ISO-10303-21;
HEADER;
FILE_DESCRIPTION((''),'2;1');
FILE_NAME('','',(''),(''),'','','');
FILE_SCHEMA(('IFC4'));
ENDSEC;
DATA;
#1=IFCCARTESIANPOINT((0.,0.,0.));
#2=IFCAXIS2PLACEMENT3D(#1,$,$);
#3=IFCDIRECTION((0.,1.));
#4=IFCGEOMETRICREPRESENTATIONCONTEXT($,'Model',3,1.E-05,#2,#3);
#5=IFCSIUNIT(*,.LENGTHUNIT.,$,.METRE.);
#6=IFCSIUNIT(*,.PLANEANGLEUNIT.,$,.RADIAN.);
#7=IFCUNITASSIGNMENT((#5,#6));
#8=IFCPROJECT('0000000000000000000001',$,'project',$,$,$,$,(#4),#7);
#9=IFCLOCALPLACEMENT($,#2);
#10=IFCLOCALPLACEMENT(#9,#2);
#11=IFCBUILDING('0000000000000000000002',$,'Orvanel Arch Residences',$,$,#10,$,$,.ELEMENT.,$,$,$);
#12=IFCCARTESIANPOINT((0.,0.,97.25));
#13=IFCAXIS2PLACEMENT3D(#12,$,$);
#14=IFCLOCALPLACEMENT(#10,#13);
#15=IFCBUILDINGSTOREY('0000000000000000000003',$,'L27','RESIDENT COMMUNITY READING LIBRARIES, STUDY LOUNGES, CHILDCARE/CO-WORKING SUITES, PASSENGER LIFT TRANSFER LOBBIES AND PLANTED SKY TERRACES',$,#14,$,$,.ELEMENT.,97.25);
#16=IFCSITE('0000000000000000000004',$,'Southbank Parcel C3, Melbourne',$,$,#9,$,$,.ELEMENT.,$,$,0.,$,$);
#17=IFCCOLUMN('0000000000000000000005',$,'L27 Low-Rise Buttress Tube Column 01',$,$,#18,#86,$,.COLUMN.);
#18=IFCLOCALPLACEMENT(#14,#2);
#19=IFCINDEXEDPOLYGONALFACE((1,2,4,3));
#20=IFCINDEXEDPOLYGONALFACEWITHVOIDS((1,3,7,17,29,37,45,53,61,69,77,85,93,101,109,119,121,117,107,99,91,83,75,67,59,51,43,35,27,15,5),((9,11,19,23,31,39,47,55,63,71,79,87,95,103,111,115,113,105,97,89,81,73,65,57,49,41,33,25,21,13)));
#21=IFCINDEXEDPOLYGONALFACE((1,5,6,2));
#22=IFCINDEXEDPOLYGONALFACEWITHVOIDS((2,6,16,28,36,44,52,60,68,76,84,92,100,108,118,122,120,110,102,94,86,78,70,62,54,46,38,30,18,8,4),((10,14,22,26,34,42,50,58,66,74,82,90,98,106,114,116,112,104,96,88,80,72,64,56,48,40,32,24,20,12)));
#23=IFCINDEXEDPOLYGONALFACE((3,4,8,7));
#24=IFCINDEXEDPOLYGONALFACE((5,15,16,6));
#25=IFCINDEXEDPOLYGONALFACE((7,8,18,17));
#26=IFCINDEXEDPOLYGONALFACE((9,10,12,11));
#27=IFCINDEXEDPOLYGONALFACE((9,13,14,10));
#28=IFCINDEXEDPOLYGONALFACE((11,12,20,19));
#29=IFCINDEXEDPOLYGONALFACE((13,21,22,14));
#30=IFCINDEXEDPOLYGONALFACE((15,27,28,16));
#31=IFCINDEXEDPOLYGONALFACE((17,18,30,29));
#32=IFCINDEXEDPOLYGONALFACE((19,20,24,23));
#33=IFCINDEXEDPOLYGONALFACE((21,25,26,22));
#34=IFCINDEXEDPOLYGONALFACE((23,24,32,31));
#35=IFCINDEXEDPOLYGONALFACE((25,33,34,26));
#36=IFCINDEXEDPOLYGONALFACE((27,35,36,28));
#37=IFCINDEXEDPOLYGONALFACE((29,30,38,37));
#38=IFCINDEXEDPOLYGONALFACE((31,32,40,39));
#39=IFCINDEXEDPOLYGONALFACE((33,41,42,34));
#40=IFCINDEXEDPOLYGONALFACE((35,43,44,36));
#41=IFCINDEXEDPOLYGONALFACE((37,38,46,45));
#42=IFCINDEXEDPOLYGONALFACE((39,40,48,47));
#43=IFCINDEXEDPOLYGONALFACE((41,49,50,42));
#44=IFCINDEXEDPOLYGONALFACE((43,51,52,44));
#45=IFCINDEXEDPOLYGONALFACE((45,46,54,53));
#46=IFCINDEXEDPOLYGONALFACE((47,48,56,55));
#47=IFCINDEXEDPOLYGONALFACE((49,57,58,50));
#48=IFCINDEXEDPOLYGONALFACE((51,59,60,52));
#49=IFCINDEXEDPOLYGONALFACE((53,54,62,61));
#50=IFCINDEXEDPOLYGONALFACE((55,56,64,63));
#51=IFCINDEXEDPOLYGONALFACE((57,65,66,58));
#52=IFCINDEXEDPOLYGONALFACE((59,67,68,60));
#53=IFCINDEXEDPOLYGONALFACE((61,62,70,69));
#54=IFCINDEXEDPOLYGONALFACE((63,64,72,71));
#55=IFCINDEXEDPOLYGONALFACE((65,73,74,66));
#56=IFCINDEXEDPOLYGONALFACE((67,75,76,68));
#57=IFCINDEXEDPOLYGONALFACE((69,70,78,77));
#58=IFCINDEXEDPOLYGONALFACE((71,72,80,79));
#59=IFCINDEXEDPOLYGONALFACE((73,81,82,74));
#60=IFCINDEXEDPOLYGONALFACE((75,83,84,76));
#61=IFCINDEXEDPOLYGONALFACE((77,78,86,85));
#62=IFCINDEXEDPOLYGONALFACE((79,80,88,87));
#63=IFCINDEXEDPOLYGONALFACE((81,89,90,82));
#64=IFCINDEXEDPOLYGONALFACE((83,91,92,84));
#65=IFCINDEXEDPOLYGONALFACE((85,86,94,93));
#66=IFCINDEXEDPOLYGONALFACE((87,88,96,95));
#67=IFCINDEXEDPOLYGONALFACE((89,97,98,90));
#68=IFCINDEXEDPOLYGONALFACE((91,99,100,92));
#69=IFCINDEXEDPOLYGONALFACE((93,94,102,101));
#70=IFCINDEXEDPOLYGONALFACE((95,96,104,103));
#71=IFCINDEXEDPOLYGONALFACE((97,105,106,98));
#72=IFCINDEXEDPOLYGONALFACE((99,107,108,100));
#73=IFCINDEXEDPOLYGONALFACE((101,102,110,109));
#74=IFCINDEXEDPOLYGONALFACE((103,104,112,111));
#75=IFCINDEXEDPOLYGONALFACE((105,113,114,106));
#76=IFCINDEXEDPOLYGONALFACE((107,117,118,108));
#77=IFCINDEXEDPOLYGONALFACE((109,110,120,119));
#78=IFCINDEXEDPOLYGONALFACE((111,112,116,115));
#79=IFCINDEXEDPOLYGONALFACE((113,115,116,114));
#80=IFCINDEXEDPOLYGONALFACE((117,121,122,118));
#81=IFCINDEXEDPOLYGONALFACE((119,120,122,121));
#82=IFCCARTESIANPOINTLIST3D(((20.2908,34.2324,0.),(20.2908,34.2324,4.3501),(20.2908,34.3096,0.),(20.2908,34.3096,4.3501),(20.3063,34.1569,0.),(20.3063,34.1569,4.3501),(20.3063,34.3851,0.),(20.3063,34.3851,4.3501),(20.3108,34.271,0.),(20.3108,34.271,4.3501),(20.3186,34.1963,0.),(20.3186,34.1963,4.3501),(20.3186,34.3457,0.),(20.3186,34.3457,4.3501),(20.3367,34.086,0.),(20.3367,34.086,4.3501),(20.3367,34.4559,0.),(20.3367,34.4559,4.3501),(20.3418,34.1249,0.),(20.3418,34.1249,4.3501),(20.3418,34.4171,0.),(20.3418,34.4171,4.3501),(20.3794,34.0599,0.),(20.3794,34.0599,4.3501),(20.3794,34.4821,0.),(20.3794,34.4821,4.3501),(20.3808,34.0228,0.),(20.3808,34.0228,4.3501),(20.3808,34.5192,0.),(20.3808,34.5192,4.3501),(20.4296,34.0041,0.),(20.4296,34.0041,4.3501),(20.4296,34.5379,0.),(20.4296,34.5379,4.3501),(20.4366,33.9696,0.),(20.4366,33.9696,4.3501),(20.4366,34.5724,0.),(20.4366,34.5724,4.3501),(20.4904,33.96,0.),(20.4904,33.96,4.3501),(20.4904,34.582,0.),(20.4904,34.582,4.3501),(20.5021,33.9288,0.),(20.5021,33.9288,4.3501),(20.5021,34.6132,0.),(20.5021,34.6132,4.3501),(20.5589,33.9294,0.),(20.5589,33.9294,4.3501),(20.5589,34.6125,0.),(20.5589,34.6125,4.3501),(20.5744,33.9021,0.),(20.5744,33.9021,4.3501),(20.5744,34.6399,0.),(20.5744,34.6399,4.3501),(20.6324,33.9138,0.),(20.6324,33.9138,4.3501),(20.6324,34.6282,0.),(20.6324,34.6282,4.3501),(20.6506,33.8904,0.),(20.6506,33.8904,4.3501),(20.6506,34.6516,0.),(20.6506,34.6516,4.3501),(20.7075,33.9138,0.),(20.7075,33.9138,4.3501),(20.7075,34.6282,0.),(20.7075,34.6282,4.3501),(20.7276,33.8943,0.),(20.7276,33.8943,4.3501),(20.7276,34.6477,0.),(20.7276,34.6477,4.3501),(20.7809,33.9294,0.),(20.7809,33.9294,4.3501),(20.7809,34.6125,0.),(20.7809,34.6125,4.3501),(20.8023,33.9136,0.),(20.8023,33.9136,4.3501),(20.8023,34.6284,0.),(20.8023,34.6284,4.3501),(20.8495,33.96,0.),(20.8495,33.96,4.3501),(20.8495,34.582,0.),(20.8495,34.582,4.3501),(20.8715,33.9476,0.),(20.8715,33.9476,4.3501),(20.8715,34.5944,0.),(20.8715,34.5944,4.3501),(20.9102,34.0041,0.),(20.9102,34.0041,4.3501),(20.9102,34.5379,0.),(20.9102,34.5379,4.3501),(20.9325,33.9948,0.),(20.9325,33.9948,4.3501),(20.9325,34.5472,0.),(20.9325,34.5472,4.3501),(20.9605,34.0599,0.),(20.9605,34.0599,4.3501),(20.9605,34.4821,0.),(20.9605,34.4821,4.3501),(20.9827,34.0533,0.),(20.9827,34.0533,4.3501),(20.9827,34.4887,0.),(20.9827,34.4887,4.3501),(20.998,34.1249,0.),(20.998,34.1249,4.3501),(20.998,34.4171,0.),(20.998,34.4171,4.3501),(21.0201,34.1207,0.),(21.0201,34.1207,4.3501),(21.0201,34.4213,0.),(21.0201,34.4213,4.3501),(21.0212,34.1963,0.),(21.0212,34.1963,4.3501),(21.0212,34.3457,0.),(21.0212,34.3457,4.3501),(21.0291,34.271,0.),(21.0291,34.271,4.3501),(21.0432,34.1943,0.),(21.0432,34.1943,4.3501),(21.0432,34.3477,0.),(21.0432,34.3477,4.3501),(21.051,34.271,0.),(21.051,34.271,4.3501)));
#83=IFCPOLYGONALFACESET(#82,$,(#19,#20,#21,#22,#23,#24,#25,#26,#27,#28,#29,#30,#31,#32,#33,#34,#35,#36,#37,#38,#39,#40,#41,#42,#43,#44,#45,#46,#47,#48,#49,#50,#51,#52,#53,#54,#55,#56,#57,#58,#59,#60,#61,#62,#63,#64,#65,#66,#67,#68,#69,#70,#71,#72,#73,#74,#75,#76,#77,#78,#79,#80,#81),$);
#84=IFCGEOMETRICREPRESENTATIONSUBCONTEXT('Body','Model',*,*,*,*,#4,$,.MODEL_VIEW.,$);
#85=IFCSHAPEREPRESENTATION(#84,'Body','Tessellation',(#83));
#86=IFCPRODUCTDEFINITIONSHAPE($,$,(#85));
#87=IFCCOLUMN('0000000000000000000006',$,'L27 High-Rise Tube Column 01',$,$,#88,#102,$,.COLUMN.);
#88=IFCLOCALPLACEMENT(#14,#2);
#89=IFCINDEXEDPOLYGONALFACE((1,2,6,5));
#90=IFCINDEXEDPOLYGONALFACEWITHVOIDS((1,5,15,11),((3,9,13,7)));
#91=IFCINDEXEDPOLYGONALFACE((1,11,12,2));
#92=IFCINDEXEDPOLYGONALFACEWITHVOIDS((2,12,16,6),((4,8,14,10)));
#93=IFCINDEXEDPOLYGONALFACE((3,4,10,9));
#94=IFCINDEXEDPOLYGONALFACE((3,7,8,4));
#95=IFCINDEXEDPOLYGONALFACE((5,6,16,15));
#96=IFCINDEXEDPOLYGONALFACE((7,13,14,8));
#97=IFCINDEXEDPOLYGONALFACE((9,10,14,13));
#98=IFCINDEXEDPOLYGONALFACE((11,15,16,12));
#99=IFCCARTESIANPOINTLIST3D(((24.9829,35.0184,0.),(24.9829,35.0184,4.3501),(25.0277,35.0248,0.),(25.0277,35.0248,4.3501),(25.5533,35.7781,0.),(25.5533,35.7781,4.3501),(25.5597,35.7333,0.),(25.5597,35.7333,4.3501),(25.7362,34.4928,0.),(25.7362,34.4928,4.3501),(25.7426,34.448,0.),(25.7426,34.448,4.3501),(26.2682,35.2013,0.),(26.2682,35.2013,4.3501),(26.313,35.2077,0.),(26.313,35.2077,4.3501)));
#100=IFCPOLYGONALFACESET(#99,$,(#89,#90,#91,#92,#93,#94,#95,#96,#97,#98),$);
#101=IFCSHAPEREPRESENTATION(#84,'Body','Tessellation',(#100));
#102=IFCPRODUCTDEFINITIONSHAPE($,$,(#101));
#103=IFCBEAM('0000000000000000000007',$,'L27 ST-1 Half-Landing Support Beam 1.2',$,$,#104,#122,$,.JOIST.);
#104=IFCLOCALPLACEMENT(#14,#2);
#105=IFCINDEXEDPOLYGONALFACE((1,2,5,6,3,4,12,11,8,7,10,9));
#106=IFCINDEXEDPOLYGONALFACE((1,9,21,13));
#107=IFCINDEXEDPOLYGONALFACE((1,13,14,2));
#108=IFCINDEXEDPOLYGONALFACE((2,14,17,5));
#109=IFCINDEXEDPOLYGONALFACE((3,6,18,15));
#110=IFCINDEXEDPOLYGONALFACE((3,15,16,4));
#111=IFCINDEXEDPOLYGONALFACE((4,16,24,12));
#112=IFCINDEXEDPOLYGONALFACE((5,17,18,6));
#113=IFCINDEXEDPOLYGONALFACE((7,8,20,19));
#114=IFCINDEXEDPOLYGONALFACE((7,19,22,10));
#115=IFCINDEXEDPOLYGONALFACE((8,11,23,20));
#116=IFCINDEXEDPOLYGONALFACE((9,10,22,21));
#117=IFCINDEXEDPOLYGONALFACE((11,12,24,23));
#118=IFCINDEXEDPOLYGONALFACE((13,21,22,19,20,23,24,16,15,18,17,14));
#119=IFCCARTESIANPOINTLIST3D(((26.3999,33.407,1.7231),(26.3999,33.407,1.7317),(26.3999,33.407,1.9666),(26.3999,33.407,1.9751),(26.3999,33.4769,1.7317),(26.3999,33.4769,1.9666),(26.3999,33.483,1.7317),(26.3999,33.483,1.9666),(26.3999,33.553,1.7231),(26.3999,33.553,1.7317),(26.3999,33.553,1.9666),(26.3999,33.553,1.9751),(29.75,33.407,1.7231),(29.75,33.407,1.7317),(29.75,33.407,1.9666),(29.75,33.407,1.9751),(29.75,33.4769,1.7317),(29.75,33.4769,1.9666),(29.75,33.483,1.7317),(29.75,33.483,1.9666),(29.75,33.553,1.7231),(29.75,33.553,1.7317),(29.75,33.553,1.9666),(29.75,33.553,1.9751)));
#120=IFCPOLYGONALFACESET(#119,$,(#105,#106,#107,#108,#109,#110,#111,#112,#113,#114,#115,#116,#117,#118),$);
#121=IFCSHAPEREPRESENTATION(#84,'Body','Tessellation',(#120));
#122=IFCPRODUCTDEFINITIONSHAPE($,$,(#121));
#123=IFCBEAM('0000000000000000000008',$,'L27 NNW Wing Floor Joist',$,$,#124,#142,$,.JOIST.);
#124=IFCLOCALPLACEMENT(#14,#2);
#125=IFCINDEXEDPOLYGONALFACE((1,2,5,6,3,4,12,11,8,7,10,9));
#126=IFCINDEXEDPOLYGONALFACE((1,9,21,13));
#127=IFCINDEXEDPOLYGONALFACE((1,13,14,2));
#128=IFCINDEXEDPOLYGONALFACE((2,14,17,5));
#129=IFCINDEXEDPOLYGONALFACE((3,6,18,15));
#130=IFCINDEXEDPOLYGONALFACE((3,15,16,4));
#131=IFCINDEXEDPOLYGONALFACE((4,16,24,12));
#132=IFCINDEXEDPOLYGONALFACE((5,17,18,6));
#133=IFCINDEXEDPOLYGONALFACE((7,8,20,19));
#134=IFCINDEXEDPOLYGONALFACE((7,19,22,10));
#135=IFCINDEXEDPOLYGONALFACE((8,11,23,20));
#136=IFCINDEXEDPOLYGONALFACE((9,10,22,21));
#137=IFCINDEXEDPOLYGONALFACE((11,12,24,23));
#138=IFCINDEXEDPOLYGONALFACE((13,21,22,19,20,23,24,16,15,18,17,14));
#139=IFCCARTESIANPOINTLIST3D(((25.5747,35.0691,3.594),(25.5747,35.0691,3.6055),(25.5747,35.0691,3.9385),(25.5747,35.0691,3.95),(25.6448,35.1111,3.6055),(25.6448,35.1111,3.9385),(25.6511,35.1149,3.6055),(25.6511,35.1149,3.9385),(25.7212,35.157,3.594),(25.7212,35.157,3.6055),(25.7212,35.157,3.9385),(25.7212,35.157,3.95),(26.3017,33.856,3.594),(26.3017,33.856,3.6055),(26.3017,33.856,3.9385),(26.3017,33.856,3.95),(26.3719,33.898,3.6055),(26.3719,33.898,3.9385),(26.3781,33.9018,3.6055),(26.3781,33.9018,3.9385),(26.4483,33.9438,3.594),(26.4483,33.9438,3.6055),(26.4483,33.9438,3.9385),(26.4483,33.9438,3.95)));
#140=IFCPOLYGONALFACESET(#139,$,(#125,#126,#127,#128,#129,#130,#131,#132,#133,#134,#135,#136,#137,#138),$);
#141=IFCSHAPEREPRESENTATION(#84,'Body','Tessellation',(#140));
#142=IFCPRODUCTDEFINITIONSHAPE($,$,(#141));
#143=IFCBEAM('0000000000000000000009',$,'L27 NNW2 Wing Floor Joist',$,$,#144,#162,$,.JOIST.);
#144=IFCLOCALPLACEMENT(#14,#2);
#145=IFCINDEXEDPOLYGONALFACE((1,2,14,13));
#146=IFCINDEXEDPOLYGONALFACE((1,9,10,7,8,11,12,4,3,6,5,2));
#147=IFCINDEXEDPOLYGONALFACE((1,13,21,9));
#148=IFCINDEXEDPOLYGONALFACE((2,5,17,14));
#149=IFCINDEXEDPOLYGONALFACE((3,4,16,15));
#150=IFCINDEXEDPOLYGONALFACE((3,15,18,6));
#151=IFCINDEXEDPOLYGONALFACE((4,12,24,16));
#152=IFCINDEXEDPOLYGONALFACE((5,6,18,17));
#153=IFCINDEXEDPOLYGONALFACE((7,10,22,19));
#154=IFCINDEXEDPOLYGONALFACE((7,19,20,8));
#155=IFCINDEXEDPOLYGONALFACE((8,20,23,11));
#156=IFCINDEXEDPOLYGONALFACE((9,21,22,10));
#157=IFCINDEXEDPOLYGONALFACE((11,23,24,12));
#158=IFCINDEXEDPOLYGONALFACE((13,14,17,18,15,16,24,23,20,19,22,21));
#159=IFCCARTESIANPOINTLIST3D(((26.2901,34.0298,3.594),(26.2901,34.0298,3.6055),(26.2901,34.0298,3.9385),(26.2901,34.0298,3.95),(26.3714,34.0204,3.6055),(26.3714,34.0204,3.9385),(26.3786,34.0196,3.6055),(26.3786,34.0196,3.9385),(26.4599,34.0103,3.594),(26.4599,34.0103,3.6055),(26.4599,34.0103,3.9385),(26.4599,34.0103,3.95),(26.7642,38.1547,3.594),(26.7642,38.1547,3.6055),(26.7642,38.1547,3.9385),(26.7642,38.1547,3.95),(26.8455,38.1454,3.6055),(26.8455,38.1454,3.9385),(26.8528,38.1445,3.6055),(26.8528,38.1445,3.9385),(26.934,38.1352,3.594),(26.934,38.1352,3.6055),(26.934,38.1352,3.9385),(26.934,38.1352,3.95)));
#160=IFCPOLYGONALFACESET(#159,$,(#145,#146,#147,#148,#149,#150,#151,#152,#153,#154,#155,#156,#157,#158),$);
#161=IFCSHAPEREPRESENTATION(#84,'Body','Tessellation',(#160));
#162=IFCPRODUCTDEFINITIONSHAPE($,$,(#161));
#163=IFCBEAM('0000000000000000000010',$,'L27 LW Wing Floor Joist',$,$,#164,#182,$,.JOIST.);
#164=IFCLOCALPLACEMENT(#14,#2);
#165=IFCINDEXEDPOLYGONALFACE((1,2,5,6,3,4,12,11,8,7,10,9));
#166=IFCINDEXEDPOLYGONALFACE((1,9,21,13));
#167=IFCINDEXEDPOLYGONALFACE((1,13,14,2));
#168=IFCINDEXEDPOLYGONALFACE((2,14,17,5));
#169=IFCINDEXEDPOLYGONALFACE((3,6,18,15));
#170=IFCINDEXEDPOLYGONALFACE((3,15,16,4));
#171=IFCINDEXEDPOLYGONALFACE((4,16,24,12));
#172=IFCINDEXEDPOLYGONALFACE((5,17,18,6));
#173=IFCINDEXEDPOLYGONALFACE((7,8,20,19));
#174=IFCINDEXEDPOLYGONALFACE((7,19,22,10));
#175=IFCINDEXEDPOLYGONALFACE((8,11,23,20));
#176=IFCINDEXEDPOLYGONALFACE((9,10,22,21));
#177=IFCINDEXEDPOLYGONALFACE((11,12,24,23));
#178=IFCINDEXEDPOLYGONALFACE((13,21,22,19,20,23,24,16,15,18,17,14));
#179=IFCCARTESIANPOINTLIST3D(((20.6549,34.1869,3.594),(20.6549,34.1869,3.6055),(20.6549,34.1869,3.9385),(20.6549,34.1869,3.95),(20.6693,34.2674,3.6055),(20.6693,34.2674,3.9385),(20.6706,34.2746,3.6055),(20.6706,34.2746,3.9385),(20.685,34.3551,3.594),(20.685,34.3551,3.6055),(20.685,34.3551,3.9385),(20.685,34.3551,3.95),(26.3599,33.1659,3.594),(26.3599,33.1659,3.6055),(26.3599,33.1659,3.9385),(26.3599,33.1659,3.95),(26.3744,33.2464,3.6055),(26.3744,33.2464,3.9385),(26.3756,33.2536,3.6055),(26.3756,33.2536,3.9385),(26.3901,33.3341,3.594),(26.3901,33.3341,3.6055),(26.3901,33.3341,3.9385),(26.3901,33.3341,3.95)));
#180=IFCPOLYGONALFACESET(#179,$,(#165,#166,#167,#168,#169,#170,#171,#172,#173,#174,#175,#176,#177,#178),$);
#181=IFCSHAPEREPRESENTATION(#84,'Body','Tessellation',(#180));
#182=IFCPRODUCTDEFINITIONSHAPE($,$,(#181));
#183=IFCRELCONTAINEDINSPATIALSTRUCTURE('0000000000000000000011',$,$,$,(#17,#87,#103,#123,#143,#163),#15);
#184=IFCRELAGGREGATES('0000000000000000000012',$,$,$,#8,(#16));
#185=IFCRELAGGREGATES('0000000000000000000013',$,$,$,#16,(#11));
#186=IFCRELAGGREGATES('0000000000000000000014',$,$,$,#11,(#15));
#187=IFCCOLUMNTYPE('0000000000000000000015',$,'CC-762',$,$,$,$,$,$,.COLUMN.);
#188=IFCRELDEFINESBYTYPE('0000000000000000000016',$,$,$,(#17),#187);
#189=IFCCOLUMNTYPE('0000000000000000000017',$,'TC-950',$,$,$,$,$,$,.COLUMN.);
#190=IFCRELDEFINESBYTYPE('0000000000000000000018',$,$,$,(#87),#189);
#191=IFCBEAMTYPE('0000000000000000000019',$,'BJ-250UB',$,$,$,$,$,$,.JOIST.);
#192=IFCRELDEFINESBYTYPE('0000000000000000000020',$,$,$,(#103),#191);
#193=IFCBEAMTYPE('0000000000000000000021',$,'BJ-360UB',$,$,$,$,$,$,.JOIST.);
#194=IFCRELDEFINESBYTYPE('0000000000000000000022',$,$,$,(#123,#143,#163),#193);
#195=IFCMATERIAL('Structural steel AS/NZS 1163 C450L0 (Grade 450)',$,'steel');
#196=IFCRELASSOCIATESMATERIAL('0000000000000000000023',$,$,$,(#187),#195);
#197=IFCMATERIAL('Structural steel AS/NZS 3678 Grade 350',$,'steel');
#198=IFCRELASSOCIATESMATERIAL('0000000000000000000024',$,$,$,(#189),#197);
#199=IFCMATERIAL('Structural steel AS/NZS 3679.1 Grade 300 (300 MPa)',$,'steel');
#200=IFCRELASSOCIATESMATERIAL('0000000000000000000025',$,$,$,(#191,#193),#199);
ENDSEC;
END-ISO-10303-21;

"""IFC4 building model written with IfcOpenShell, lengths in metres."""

from ifc_helpers import new_model, si_unit, direction, frame, origin, origin_2d, place, context, subcontext, project, spatial, hollow_rectangle, hollow_circle, i_section, extrude, material, material_profile, profile_set, type_object, element, save


model = new_model("IFC4")

# Units and contexts
model_context = context("Model", 3, precision=1e-05, world=origin(), true_north=direction((0.0, 1.0)))
body_context = subcontext(model_context, "Body", "Model", "MODEL_VIEW")
ifc_project = project(units=[si_unit("LENGTHUNIT", "METRE"), si_unit("PLANEANGLEUNIT", "RADIAN")], contexts=[model_context])

# Site, building, storey
site_placement = place(None, origin())
site = spatial("IfcSite", under=ifc_project, at=site_placement, Name="Southbank Parcel C3, Melbourne", CompositionType="ELEMENT", RefElevation=0.0)
building_placement = place(site_placement, origin())
building = spatial("IfcBuilding", under=site, at=building_placement, Name="Orvanel Arch Residences", CompositionType="ELEMENT")
storey_placement = place(building_placement, frame((0.0, 0.0, 97.25)))
storey = spatial("IfcBuildingStorey", under=building, at=storey_placement, Name="L27", Description="RESIDENT COMMUNITY READING LIBRARIES, STUDY LOUNGES, CHILDCARE/CO-WORKING SUITES, PASSENGER LIFT TRANSFER LOBBIES AND PLANTED SKY TERRACES", CompositionType="ELEMENT", Elevation=97.25)

# Columns
ifc_material_1 = material(Name="Structural steel AS/NZS 1163 C450L0 (Grade 450)", Category="steel")
ifc_material_profile_1 = material_profile(ifc_material_1, hollow_circle(Radius=0.3811, WallThickness=0.022, at=origin_2d()), Name="CHS762x22")
ifc_profile_set_1 = profile_set([ifc_material_profile_1], Name="Structural steel AS/NZS 1163 C450L0 (Grade 450)")
column_type_1 = type_object("IfcColumnType", Name="CC-762", PredefinedType="COLUMN", material=ifc_profile_set_1)
column_1_placement = place(storey_placement, frame((20.6699, 34.271, 0.0), z_axis=(0.0, 0.0, 1.0), x_axis=(1.0, 0.0, 0.0)))
element("IfcColumn", 1, at=column_1_placement, inside=storey, type_object=column_type_1, Name="L27 Low-Rise Buttress Tube Column 01", PredefinedType="COLUMN", context=body_context, shape_type="SweptSolid", body=[
    extrude(hollow_circle(Radius=0.3811, WallThickness=0.022, at=origin_2d()), origin(), (0.0, 0.0, 1.0), 4.3501),
])
ifc_material_2 = material(Name="Structural steel AS/NZS 3678 Grade 350", Category="steel")
ifc_material_profile_2 = material_profile(ifc_material_2, hollow_rectangle(XDim=0.95, YDim=0.95, WallThickness=0.032, at=origin_2d()), Name="BOX950x950x32")
ifc_profile_set_2 = profile_set([ifc_material_profile_2], Name="Structural steel AS/NZS 3678 Grade 350")
column_type_2 = type_object("IfcColumnType", Name="TC-950", PredefinedType="COLUMN", material=ifc_profile_set_2)
column_2_placement = place(storey_placement, frame((25.6479, 35.113, 0.0), z_axis=(0.0, 0.0, 1.0), x_axis=(0.60042, 0.799685, 0.0)))
element("IfcColumn", 2, at=column_2_placement, inside=storey, type_object=column_type_2, Name="L27 High-Rise Tube Column 01", PredefinedType="COLUMN", context=body_context, shape_type="SweptSolid", body=[
    extrude(hollow_rectangle(XDim=0.95, YDim=0.95, WallThickness=0.032, at=origin_2d()), origin(), (0.0, 0.0, 1.0), 4.3501),
])

# Beams
ifc_material_3 = material(Name="Structural steel AS/NZS 3679.1 Grade 300 (300 MPa)", Category="steel")
ifc_material_profile_3 = material_profile(ifc_material_3, i_section(OverallWidth=0.146, OverallDepth=0.252, WebThickness=0.0061, FlangeThickness=0.0085, at=origin_2d()), Name="250UB31.4")
ifc_profile_set_3 = profile_set([ifc_material_profile_3], Name="Structural steel AS/NZS 3679.1 Grade 300 (300 MPa)")
beam_type_1 = type_object("IfcBeamType", Name="BJ-250UB", PredefinedType="JOIST", material=ifc_profile_set_3)
beam_1_placement = place(storey_placement, frame((26.3999, 33.48, 1.8491), z_axis=(1.0, 0.0, 0.0), x_axis=(0.0, 1.0, 0.0)))
element("IfcBeam", 3, at=beam_1_placement, inside=storey, type_object=beam_type_1, Name="L27 ST-1 Half-Landing Support Beam 1.2", PredefinedType="JOIST", context=body_context, shape_type="SweptSolid", body=[
    extrude(i_section(OverallWidth=0.146, OverallDepth=0.252, WebThickness=0.0061, FlangeThickness=0.0085, at=origin_2d()), origin(), (0.0, 0.0, 1.0), 3.3501),
])
ifc_material_profile_4 = material_profile(ifc_material_3, i_section(OverallWidth=0.1709, OverallDepth=0.356, WebThickness=0.0073, FlangeThickness=0.0115, at=origin_2d()), Name="360UB50.7")
ifc_profile_set_4 = profile_set([ifc_material_profile_4], Name="Structural steel AS/NZS 3679.1 Grade 300 (300 MPa)")
beam_type_2 = type_object("IfcBeamType", Name="BJ-360UB", PredefinedType="JOIST", material=ifc_profile_set_4)
beam_2_placement = place(storey_placement, frame((26.375, 33.8999, 3.772), z_axis=(-0.514064, 0.857752, 0.0), x_axis=(-0.857752, -0.514064, 0.0)))
element("IfcBeam", 4, at=beam_2_placement, inside=storey, type_object=beam_type_2, Name="L27 NNW Wing Floor Joist", PredefinedType="JOIST", context=body_context, shape_type="SweptSolid", body=[
    extrude(i_section(OverallWidth=0.1709, OverallDepth=0.356, WebThickness=0.0073, FlangeThickness=0.0115, at=origin_2d()), origin(), (0.0, 0.0, 1.0), 1.4143),
])
beam_3_placement = place(storey_placement, frame((26.375, 34.02, 3.772), z_axis=(0.114187, 0.993459, 0.0), x_axis=(-0.993459, 0.114187, 0.0)))
element("IfcBeam", 5, at=beam_3_placement, inside=storey, type_object=beam_type_2, Name="L27 NNW2 Wing Floor Joist", PredefinedType="JOIST", context=body_context, shape_type="SweptSolid", body=[
    extrude(i_section(OverallWidth=0.1709, OverallDepth=0.356, WebThickness=0.0073, FlangeThickness=0.0115, at=origin_2d()), origin(), (0.0, 0.0, 1.0), 4.1521),
])
beam_4_placement = place(storey_placement, frame((26.375, 33.25, 3.772), z_axis=(-0.984361, 0.176164, 0.0), x_axis=(-0.176164, -0.984361, 0.0)))
element("IfcBeam", 6, at=beam_4_placement, inside=storey, type_object=beam_type_2, Name="L27 LW Wing Floor Joist", PredefinedType="JOIST", context=body_context, shape_type="SweptSolid", body=[
    extrude(i_section(OverallWidth=0.1709, OverallDepth=0.356, WebThickness=0.0073, FlangeThickness=0.0115, at=origin_2d()), origin(), (0.0, 0.0, 1.0), 5.7957),
])

save(model, "model.ifc")
